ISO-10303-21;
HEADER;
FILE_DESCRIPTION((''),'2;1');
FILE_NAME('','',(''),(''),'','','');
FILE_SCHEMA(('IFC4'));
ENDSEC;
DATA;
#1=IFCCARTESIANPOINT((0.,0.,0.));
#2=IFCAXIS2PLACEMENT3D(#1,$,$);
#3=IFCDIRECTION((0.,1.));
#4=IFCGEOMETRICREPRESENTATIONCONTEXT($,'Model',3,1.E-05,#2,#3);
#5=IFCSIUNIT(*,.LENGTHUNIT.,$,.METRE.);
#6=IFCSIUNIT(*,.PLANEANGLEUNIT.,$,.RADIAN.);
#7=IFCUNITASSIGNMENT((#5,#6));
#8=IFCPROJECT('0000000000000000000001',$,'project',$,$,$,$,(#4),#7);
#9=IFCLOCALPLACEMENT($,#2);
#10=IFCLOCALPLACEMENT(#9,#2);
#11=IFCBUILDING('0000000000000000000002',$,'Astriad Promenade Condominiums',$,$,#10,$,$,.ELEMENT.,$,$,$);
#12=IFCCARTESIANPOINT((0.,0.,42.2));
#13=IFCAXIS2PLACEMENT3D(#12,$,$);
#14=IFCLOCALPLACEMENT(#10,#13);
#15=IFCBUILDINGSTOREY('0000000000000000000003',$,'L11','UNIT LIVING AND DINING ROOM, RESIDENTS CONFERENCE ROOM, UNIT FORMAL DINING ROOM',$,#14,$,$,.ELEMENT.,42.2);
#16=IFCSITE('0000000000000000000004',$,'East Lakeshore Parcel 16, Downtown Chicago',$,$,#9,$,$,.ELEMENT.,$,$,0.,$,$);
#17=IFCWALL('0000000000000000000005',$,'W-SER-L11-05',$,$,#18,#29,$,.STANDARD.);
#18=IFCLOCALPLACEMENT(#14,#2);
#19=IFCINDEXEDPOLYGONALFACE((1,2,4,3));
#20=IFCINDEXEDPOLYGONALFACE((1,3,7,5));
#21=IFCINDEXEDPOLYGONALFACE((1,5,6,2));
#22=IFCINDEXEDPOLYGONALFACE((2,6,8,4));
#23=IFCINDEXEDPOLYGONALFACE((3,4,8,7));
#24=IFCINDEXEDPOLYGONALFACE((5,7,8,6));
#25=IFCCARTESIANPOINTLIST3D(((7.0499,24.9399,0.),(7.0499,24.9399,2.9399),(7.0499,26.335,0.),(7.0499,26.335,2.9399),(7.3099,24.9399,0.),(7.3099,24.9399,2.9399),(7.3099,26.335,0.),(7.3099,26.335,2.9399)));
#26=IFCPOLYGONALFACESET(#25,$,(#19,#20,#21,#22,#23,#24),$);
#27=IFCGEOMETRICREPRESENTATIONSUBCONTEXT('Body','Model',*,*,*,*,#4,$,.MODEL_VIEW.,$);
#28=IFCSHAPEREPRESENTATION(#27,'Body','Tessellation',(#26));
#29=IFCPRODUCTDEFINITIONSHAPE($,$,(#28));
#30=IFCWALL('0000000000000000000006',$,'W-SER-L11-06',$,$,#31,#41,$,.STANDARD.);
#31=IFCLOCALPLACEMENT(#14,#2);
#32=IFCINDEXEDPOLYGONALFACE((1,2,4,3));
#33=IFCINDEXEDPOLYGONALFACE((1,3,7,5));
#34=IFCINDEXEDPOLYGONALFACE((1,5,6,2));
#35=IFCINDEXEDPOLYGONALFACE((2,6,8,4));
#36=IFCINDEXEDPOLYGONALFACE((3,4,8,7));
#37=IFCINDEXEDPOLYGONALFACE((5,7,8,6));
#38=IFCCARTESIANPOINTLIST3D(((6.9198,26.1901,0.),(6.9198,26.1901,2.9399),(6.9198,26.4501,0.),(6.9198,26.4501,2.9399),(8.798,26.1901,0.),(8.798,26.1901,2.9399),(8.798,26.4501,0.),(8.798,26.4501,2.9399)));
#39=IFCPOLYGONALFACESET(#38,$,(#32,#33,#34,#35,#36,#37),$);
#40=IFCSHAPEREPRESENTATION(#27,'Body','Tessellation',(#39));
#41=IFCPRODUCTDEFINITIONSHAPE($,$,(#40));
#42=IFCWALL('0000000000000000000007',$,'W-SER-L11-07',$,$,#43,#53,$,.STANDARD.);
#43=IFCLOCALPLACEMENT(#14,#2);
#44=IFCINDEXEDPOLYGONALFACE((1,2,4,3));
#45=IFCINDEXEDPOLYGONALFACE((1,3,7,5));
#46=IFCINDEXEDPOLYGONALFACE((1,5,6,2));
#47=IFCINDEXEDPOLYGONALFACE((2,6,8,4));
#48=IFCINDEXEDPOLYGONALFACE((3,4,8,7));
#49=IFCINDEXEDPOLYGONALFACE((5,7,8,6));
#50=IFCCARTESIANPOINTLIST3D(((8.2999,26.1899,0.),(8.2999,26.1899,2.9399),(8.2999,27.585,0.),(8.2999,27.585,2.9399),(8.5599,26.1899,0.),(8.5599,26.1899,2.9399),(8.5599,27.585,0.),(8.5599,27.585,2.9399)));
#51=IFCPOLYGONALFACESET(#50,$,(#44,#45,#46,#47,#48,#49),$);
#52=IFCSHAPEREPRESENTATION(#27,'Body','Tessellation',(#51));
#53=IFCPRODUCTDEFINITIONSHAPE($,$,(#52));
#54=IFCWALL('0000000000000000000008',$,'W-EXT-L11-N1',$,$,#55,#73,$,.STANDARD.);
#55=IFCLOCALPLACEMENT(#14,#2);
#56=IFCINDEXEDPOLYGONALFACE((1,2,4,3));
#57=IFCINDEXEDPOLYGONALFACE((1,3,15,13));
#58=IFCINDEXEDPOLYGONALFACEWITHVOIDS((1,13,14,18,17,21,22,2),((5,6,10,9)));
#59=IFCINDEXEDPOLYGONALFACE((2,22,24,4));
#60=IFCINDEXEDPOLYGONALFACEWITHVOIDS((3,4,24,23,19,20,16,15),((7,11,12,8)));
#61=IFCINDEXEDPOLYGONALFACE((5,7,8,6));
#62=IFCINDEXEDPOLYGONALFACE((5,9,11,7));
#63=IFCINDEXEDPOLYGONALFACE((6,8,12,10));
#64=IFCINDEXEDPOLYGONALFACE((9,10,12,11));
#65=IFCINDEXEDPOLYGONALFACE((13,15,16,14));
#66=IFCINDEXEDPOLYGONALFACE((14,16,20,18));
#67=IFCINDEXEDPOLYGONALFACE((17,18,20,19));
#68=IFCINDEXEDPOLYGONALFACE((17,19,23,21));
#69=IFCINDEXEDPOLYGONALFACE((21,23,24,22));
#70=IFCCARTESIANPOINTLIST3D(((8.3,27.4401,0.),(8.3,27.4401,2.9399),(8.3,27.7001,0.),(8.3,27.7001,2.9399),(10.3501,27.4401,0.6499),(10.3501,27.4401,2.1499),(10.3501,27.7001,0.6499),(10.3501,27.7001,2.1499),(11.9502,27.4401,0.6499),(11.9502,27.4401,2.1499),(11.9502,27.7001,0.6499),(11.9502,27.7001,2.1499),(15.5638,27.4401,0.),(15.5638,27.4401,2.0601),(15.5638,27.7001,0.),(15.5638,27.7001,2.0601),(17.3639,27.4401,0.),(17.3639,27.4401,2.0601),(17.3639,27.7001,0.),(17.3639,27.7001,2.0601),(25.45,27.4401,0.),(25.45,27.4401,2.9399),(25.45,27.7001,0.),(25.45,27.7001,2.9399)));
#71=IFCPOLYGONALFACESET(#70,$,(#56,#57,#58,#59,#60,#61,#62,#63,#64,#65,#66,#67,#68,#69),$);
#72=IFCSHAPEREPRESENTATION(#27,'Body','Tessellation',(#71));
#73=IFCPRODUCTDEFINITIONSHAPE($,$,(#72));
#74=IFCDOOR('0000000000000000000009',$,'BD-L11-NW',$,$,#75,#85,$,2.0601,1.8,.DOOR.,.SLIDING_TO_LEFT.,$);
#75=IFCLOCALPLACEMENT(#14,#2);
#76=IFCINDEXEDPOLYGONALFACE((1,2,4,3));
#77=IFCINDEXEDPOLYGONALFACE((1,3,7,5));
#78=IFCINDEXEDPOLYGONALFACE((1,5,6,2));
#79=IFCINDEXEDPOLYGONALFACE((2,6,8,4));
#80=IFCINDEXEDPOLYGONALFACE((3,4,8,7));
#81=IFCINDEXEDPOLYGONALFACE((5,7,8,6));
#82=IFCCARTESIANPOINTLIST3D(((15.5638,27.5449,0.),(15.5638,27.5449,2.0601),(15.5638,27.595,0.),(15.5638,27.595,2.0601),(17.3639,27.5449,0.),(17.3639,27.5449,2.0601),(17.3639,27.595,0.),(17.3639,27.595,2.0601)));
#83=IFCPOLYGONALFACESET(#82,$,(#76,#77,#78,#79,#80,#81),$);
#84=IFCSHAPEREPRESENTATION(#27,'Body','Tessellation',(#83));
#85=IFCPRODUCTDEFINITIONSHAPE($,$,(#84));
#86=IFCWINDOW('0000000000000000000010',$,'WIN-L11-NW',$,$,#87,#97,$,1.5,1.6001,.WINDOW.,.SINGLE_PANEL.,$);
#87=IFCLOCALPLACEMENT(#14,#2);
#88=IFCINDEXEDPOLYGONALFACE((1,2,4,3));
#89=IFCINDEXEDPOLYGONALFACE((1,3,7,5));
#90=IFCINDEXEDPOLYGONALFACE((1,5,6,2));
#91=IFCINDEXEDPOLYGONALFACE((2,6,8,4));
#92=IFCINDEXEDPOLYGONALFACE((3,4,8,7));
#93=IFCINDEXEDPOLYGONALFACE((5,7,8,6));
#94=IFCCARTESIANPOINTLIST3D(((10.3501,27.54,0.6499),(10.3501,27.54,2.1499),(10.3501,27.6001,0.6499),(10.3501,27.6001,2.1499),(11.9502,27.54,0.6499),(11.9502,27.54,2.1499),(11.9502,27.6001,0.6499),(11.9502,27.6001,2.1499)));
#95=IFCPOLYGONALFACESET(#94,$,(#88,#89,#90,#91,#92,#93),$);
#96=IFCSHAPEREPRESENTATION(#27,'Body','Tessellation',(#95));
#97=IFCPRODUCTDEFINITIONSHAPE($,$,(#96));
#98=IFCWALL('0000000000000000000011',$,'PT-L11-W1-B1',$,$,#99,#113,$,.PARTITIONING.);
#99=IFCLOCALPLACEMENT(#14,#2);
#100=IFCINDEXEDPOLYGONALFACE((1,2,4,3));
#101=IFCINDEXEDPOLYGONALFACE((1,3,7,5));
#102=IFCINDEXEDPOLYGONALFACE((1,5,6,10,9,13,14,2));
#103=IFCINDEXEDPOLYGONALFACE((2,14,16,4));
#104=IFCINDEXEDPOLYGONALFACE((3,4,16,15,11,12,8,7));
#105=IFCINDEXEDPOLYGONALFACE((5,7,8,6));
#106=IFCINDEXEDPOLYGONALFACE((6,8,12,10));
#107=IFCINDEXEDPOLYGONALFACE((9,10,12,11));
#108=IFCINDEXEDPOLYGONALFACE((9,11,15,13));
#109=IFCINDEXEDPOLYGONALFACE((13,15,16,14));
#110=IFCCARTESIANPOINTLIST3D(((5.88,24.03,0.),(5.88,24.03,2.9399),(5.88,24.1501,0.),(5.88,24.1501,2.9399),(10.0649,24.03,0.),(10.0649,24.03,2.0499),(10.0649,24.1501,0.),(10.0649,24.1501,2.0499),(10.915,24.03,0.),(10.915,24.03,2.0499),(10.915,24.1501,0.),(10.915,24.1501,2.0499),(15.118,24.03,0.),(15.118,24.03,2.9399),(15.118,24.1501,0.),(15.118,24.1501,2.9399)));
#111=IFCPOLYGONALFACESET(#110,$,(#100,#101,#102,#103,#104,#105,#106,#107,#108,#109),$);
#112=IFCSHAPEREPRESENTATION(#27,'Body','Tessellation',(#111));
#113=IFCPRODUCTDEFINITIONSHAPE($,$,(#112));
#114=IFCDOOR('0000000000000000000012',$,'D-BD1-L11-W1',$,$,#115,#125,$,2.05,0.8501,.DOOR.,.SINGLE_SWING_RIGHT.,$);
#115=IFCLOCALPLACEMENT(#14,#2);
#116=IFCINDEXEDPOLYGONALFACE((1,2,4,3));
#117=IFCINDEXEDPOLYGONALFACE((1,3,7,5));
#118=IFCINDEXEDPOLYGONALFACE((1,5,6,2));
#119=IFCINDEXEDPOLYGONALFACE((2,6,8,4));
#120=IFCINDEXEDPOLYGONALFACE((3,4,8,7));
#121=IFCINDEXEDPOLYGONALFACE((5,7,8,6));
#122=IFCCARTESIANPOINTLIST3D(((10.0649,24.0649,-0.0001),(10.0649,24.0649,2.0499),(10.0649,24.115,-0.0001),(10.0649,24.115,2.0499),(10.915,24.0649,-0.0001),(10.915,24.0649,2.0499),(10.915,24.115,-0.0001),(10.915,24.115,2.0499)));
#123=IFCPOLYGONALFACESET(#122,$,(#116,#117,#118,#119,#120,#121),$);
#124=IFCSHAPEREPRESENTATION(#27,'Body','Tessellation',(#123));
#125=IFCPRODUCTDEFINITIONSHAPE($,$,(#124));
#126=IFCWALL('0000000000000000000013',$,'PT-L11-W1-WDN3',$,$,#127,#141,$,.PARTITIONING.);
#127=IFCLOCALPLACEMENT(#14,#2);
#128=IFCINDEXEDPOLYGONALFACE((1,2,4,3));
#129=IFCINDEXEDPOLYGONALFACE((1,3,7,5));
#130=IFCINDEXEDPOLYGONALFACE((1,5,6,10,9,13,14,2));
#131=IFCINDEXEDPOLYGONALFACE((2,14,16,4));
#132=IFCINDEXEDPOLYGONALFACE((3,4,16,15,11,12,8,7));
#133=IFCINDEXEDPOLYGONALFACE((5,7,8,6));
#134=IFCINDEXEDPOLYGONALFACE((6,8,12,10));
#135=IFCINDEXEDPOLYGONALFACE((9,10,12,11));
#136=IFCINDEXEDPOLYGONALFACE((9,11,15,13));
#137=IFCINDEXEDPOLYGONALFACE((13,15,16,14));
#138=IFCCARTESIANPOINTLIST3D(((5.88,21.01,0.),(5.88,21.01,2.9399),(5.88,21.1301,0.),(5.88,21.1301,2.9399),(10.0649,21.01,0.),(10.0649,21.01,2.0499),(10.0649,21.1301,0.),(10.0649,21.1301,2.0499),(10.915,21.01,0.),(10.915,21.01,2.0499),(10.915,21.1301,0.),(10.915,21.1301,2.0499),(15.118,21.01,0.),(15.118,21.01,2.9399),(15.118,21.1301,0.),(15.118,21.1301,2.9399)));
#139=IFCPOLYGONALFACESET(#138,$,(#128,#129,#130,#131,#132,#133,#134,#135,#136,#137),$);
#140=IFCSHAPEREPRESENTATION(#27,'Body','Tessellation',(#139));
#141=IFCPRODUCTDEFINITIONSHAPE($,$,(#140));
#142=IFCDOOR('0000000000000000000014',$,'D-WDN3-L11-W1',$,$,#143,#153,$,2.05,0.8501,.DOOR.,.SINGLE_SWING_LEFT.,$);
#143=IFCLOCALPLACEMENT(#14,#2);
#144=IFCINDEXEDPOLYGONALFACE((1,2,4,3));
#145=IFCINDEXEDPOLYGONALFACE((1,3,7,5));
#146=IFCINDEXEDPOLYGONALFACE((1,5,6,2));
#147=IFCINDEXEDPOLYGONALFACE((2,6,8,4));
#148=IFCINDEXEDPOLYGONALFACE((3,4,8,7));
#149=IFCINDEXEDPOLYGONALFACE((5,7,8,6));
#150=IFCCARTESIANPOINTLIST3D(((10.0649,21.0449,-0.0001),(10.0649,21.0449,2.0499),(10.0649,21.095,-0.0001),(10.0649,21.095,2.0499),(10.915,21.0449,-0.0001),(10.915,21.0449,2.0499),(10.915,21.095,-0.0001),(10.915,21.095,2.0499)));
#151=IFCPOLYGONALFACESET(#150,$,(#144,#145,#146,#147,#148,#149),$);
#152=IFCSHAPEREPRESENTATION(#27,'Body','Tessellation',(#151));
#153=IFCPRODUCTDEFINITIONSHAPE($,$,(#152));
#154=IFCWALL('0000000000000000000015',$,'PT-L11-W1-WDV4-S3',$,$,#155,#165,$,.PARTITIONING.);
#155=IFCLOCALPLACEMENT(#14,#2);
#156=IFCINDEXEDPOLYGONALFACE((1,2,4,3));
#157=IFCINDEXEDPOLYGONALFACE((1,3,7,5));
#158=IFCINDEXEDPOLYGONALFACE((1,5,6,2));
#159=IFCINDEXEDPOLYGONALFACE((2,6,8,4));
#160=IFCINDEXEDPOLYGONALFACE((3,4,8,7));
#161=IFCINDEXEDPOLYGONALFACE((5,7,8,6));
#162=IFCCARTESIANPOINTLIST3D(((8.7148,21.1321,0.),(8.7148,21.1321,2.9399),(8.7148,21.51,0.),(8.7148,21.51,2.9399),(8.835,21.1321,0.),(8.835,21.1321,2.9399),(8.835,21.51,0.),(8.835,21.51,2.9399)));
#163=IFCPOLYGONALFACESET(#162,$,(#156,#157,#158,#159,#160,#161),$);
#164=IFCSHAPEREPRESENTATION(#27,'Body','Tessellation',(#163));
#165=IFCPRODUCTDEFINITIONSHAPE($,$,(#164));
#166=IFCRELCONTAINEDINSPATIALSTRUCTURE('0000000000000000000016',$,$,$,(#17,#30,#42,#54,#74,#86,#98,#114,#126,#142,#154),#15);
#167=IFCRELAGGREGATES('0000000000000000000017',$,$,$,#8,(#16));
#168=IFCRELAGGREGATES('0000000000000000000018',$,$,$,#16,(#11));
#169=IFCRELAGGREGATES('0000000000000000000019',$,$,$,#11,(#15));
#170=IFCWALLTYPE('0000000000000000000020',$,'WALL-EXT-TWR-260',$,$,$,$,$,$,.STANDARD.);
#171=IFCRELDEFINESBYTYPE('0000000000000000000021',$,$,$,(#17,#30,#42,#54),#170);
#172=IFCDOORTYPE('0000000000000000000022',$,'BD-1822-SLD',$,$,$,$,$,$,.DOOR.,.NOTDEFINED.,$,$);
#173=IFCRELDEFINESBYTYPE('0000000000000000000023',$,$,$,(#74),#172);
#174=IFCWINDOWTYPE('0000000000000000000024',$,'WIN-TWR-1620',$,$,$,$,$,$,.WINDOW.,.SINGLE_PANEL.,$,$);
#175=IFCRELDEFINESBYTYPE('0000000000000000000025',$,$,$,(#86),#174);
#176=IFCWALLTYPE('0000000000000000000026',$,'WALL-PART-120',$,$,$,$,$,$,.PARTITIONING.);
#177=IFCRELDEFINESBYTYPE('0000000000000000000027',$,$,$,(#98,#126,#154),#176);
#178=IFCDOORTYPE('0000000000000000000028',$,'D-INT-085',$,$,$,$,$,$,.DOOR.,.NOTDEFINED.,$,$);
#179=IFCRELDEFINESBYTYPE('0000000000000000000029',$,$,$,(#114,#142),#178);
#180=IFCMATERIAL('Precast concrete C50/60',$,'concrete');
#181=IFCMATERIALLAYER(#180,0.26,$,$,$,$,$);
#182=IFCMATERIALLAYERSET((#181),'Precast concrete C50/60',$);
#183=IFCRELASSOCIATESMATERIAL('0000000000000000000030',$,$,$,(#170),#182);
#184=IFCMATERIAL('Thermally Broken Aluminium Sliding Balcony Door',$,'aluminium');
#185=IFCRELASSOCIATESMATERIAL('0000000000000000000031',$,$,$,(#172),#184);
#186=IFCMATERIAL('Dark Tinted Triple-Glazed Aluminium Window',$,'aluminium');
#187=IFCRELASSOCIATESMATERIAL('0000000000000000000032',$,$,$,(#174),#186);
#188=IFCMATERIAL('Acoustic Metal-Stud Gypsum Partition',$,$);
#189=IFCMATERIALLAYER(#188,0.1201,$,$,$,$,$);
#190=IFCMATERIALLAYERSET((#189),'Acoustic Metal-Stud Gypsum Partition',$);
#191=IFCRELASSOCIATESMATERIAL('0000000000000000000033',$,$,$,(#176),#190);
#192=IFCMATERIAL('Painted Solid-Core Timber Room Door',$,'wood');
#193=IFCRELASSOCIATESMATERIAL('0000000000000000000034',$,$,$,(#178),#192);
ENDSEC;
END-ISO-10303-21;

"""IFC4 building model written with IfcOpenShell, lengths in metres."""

from ifc_helpers import new_model, si_unit, direction, frame, frame_2d, origin, place, context, subcontext, project, spatial, rectangle, extrude, source, transform, mapped, material, layer, layer_set, type_object, type_shapes, element, fill, save


model = new_model("IFC4")

# Units and contexts
model_context = context("Model", 3, precision=1e-05, world=origin(), true_north=direction((0.0, 1.0)))
body_context = subcontext(model_context, "Body", "Model", "MODEL_VIEW")
ifc_project = project(units=[si_unit("LENGTHUNIT", "METRE"), si_unit("PLANEANGLEUNIT", "RADIAN")], contexts=[model_context])

# Site, building, storey
site_placement = place(None, origin())
site = spatial("IfcSite", under=ifc_project, at=site_placement, Name="East Lakeshore Parcel 16, Downtown Chicago", CompositionType="ELEMENT", RefElevation=0.0)
building_placement = place(site_placement, origin())
building = spatial("IfcBuilding", under=site, at=building_placement, Name="Astriad Promenade Condominiums", CompositionType="ELEMENT")
storey_placement = place(building_placement, frame((0.0, 0.0, 42.2)))
storey = spatial("IfcBuildingStorey", under=building, at=storey_placement, Name="L11", Description="UNIT LIVING AND DINING ROOM, RESIDENTS CONFERENCE ROOM, UNIT FORMAL DINING ROOM", CompositionType="ELEMENT", Elevation=42.2)

# Walls
ifc_material_1 = material(Name="Precast concrete C50/60", Category="concrete")
ifc_layer_1 = layer(ifc_material_1, 0.26)
ifc_layer_set_1 = layer_set([ifc_layer_1], Name="Precast concrete C50/60")
wall_type_1 = type_object("IfcWallType", Name="WALL-EXT-TWR-260", PredefinedType="STANDARD", material=ifc_layer_set_1)
for number, where, z_axis, x_axis, name in (
    (1, (7.1799, 24.9399, 0.0), (0.0, 0.0, 1.0), (0.0, 1.0, 0.0), "W-SER-L11-05"),
):
    element("IfcWall", number, at=place(storey_placement, frame(where, z_axis=z_axis, x_axis=x_axis)), inside=storey, type_object=wall_type_1, Name=name, PredefinedType="STANDARD", context=body_context, shape_type="SweptSolid", body=[
        extrude(rectangle(XDim=1.395, YDim=0.26, at=frame_2d((0.6975, 0.0))), origin(), (0.0, 0.0, 1.0), 2.9399),
    ])
wall_1_placement = place(storey_placement, frame((6.9199, 26.3201, 0.0), z_axis=(0.0, 0.0, 1.0), x_axis=(1.0, 0.0, 0.0)))
element("IfcWall", 2, at=wall_1_placement, inside=storey, type_object=wall_type_1, Name="W-SER-L11-06", PredefinedType="STANDARD", context=body_context, shape_type="SweptSolid", body=[
    extrude(rectangle(XDim=1.8782, YDim=0.26, at=frame_2d((0.939, 0.0))), origin(), (0.0, 0.0, 1.0), 2.9399),
])
wall_2_placement = place(storey_placement, frame((8.4299, 26.1899, 0.0), z_axis=(0.0, 0.0, 1.0), x_axis=(0.0, 1.0, 0.0)))
element("IfcWall", 3, at=wall_2_placement, inside=storey, type_object=wall_type_1, Name="W-SER-L11-07", PredefinedType="STANDARD", context=body_context, shape_type="SweptSolid", body=[
    extrude(rectangle(XDim=1.395, YDim=0.26, at=frame_2d((0.6975, 0.0))), origin(), (0.0, 0.0, 1.0), 2.9399),
])

# Wall, openings, door, window
wall_3_placement = place(storey_placement, frame((8.3, 27.5701, 0.0), z_axis=(0.0, 0.0, 1.0), x_axis=(1.0, 0.0, 0.0)))
wall_3 = element("IfcWall", 4, at=wall_3_placement, inside=storey, type_object=wall_type_1, Name="W-EXT-L11-N1", PredefinedType="STANDARD", context=body_context, shape_type="SweptSolid", body=[
    extrude(rectangle(XDim=17.1499, YDim=0.26, at=frame_2d((8.575, 0.0))), origin(), (0.0, 0.0, 1.0), 2.9399),
])
opening_1_placement = place(wall_3_placement, frame((7.2639, 0.0, 0.0)))
opening_1 = element("IfcOpeningElement", 5, at=opening_1_placement, cuts=wall_3, PredefinedType="OPENING", context=body_context, shape_type="SweptSolid", body=[
    extrude(rectangle(XDim=1.8, YDim=2.0601, at=frame_2d((0.8999, 1.03))), frame((0.0, 0.1399, 0.0), z_axis=(0.0, -1.0, 0.0), x_axis=(1.0, 0.0, 0.0)), (0.0, 0.0, 1.0), 0.28),
])
opening_2_placement = place(wall_3_placement, frame((2.05, 0.0, 0.6499)))
opening_2 = element("IfcOpeningElement", 6, at=opening_2_placement, cuts=wall_3, PredefinedType="OPENING", context=body_context, shape_type="SweptSolid", body=[
    extrude(rectangle(XDim=1.6001, YDim=1.5, at=frame_2d((0.8, 0.75))), frame((0.0, 0.1399, 0.0), z_axis=(0.0, -1.0, 0.0), x_axis=(1.0, 0.0, 0.0)), (0.0, 0.0, 1.0), 0.28),
])
ifc_material_2 = material(Name="Thermally Broken Aluminium Sliding Balcony Door", Category="aluminium")
door_type_1 = type_object("IfcDoorType", Name="BD-1822-SLD", OperationType="NOTDEFINED", PredefinedType="DOOR", material=ifc_material_2)
shared_shape_1 = source(origin(), body_context, "Body", "SweptSolid", [
    extrude(rectangle(XDim=1.8, YDim=2.0601, at=frame_2d((0.8999, 1.03))), frame((0.0, 0.0249, 0.0), z_axis=(0.0, -1.0, 0.0), x_axis=(1.0, 0.0, 0.0)), (0.0, 0.0, 1.0), 0.05),
])
type_shapes(door_type_1, [shared_shape_1])
door_1_placement = place(opening_1_placement, origin())
door_1 = element("IfcDoor", 7, at=door_1_placement, inside=storey, type_object=door_type_1, Name="BD-L11-NW", OperationType="SLIDING_TO_LEFT", OverallHeight=2.0601, OverallWidth=1.8, PredefinedType="DOOR", context=body_context, shape_type="MappedRepresentation", body=[
    mapped(shared_shape_1, transform((0.0, 0.0, 0.0), scale=1.0)),
])
fill(opening_1, door_1)
ifc_material_3 = material(Name="Dark Tinted Triple-Glazed Aluminium Window", Category="aluminium")
window_type = type_object("IfcWindowType", Name="WIN-TWR-1620", PartitioningType="SINGLE_PANEL", PredefinedType="WINDOW", material=ifc_material_3)
shared_shape_2 = source(origin(), body_context, "Body", "SweptSolid", [
    extrude(rectangle(XDim=1.6001, YDim=1.5, at=frame_2d((0.8, 0.75))), frame((0.0, 0.03, 0.0), z_axis=(0.0, -1.0, 0.0), x_axis=(1.0, 0.0, 0.0)), (0.0, 0.0, 1.0), 0.0601),
])
type_shapes(window_type, [shared_shape_2])
window_placement = place(opening_2_placement, origin())
window = element("IfcWindow", 8, at=window_placement, inside=storey, type_object=window_type, Name="WIN-L11-NW", OverallHeight=1.5, OverallWidth=1.6001, PartitioningType="SINGLE_PANEL", PredefinedType="WINDOW", context=body_context, shape_type="MappedRepresentation", body=[
    mapped(shared_shape_2, transform((0.0, 0.0, 0.0), scale=1.0)),
])
fill(opening_2, window)

# Walls, openings, doors
ifc_material_4 = material(Name="Acoustic Metal-Stud Gypsum Partition")
ifc_layer_2 = layer(ifc_material_4, 0.1201)
ifc_layer_set_2 = layer_set([ifc_layer_2], Name="Acoustic Metal-Stud Gypsum Partition")
wall_type_2 = type_object("IfcWallType", Name="WALL-PART-120", PredefinedType="PARTITIONING", material=ifc_layer_set_2)
wall_4_placement = place(storey_placement, frame((5.8799, 24.0901, 0.0), z_axis=(0.0, 0.0, 1.0), x_axis=(1.0, 0.0, 0.0)))
wall_4 = element("IfcWall", 9, at=wall_4_placement, inside=storey, type_object=wall_type_2, Name="PT-L11-W1-B1", PredefinedType="PARTITIONING", context=body_context, shape_type="SweptSolid", body=[
    extrude(rectangle(XDim=9.238, YDim=0.1201, at=frame_2d((4.6191, 0.0))), origin(), (0.0, 0.0, 1.0), 2.9399),
])
opening_3_placement = place(wall_4_placement, frame((4.1851, 0.0, 0.0)))
opening_3 = element("IfcOpeningElement", 10, at=opening_3_placement, cuts=wall_4, PredefinedType="OPENING", context=body_context, shape_type="SweptSolid", body=[
    extrude(rectangle(XDim=0.8501, YDim=2.05, at=frame_2d((0.425, 1.0249))), frame((0.0, 0.0701, 0.0), z_axis=(0.0, -1.0, 0.0), x_axis=(1.0, 0.0, 0.0)), (0.0, 0.0, 1.0), 0.1401),
])
ifc_material_5 = material(Name="Painted Solid-Core Timber Room Door", Category="wood")
door_type_2 = type_object("IfcDoorType", Name="D-INT-085", OperationType="NOTDEFINED", PredefinedType="DOOR", material=ifc_material_5)
shared_shape_3 = source(origin(), body_context, "Body", "SweptSolid", [
    extrude(rectangle(XDim=0.8501, YDim=2.05, at=frame_2d((0.425, 1.0249))), frame((0.0, 0.0249, 0.0), z_axis=(0.0, -1.0, 0.0), x_axis=(1.0, 0.0, 0.0)), (0.0, 0.0, 1.0), 0.05),
])
type_shapes(door_type_2, [shared_shape_3])
door_2_placement = place(opening_3_placement, origin())
door_2 = element("IfcDoor", 11, at=door_2_placement, inside=storey, type_object=door_type_2, Name="D-BD1-L11-W1", OperationType="SINGLE_SWING_RIGHT", OverallHeight=2.05, OverallWidth=0.8501, PredefinedType="DOOR", context=body_context, shape_type="MappedRepresentation", body=[
    mapped(shared_shape_3, transform((0.0, 0.0, 0.0), scale=1.0)),
])
fill(opening_3, door_2)
wall_5_placement = place(storey_placement, frame((5.8799, 21.0701, 0.0), z_axis=(0.0, 0.0, 1.0), x_axis=(1.0, 0.0, 0.0)))
wall_5 = element("IfcWall", 12, at=wall_5_placement, inside=storey, type_object=wall_type_2, Name="PT-L11-W1-WDN3", PredefinedType="PARTITIONING", context=body_context, shape_type="SweptSolid", body=[
    extrude(rectangle(XDim=9.238, YDim=0.1201, at=frame_2d((4.6191, 0.0))), origin(), (0.0, 0.0, 1.0), 2.9399),
])
opening_4_placement = place(wall_5_placement, frame((4.1851, 0.0, 0.0)))
opening_4 = element("IfcOpeningElement", 13, at=opening_4_placement, cuts=wall_5, PredefinedType="OPENING", context=body_context, shape_type="SweptSolid", body=[
    extrude(rectangle(XDim=0.8501, YDim=2.05, at=frame_2d((0.425, 1.0249))), frame((0.0, 0.0701, 0.0), z_axis=(0.0, -1.0, 0.0), x_axis=(1.0, 0.0, 0.0)), (0.0, 0.0, 1.0), 0.1401),
])
door_3_placement = place(opening_4_placement, origin())
door_3 = element("IfcDoor", 14, at=door_3_placement, inside=storey, type_object=door_type_2, Name="D-WDN3-L11-W1", OperationType="SINGLE_SWING_LEFT", OverallHeight=2.05, OverallWidth=0.8501, PredefinedType="DOOR", context=body_context, shape_type="MappedRepresentation", body=[
    mapped(shared_shape_3, transform((0.0, 0.0, 0.0), scale=1.0)),
])
fill(opening_4, door_3)

# Wall
wall_6_placement = place(storey_placement, frame((8.7749, 21.1321, 0.0), z_axis=(0.0, 0.0, 1.0), x_axis=(0.0, 1.0, 0.0)))
element("IfcWall", 15, at=wall_6_placement, inside=storey, type_object=wall_type_2, Name="PT-L11-W1-WDV4-S3", PredefinedType="PARTITIONING", context=body_context, shape_type="SweptSolid", body=[
    extrude(rectangle(XDim=0.3779, YDim=0.1201, at=frame_2d((0.189, 0.0))), origin(), (0.0, 0.0, 1.0), 2.9399),
])

save(model, "model.ifc")
